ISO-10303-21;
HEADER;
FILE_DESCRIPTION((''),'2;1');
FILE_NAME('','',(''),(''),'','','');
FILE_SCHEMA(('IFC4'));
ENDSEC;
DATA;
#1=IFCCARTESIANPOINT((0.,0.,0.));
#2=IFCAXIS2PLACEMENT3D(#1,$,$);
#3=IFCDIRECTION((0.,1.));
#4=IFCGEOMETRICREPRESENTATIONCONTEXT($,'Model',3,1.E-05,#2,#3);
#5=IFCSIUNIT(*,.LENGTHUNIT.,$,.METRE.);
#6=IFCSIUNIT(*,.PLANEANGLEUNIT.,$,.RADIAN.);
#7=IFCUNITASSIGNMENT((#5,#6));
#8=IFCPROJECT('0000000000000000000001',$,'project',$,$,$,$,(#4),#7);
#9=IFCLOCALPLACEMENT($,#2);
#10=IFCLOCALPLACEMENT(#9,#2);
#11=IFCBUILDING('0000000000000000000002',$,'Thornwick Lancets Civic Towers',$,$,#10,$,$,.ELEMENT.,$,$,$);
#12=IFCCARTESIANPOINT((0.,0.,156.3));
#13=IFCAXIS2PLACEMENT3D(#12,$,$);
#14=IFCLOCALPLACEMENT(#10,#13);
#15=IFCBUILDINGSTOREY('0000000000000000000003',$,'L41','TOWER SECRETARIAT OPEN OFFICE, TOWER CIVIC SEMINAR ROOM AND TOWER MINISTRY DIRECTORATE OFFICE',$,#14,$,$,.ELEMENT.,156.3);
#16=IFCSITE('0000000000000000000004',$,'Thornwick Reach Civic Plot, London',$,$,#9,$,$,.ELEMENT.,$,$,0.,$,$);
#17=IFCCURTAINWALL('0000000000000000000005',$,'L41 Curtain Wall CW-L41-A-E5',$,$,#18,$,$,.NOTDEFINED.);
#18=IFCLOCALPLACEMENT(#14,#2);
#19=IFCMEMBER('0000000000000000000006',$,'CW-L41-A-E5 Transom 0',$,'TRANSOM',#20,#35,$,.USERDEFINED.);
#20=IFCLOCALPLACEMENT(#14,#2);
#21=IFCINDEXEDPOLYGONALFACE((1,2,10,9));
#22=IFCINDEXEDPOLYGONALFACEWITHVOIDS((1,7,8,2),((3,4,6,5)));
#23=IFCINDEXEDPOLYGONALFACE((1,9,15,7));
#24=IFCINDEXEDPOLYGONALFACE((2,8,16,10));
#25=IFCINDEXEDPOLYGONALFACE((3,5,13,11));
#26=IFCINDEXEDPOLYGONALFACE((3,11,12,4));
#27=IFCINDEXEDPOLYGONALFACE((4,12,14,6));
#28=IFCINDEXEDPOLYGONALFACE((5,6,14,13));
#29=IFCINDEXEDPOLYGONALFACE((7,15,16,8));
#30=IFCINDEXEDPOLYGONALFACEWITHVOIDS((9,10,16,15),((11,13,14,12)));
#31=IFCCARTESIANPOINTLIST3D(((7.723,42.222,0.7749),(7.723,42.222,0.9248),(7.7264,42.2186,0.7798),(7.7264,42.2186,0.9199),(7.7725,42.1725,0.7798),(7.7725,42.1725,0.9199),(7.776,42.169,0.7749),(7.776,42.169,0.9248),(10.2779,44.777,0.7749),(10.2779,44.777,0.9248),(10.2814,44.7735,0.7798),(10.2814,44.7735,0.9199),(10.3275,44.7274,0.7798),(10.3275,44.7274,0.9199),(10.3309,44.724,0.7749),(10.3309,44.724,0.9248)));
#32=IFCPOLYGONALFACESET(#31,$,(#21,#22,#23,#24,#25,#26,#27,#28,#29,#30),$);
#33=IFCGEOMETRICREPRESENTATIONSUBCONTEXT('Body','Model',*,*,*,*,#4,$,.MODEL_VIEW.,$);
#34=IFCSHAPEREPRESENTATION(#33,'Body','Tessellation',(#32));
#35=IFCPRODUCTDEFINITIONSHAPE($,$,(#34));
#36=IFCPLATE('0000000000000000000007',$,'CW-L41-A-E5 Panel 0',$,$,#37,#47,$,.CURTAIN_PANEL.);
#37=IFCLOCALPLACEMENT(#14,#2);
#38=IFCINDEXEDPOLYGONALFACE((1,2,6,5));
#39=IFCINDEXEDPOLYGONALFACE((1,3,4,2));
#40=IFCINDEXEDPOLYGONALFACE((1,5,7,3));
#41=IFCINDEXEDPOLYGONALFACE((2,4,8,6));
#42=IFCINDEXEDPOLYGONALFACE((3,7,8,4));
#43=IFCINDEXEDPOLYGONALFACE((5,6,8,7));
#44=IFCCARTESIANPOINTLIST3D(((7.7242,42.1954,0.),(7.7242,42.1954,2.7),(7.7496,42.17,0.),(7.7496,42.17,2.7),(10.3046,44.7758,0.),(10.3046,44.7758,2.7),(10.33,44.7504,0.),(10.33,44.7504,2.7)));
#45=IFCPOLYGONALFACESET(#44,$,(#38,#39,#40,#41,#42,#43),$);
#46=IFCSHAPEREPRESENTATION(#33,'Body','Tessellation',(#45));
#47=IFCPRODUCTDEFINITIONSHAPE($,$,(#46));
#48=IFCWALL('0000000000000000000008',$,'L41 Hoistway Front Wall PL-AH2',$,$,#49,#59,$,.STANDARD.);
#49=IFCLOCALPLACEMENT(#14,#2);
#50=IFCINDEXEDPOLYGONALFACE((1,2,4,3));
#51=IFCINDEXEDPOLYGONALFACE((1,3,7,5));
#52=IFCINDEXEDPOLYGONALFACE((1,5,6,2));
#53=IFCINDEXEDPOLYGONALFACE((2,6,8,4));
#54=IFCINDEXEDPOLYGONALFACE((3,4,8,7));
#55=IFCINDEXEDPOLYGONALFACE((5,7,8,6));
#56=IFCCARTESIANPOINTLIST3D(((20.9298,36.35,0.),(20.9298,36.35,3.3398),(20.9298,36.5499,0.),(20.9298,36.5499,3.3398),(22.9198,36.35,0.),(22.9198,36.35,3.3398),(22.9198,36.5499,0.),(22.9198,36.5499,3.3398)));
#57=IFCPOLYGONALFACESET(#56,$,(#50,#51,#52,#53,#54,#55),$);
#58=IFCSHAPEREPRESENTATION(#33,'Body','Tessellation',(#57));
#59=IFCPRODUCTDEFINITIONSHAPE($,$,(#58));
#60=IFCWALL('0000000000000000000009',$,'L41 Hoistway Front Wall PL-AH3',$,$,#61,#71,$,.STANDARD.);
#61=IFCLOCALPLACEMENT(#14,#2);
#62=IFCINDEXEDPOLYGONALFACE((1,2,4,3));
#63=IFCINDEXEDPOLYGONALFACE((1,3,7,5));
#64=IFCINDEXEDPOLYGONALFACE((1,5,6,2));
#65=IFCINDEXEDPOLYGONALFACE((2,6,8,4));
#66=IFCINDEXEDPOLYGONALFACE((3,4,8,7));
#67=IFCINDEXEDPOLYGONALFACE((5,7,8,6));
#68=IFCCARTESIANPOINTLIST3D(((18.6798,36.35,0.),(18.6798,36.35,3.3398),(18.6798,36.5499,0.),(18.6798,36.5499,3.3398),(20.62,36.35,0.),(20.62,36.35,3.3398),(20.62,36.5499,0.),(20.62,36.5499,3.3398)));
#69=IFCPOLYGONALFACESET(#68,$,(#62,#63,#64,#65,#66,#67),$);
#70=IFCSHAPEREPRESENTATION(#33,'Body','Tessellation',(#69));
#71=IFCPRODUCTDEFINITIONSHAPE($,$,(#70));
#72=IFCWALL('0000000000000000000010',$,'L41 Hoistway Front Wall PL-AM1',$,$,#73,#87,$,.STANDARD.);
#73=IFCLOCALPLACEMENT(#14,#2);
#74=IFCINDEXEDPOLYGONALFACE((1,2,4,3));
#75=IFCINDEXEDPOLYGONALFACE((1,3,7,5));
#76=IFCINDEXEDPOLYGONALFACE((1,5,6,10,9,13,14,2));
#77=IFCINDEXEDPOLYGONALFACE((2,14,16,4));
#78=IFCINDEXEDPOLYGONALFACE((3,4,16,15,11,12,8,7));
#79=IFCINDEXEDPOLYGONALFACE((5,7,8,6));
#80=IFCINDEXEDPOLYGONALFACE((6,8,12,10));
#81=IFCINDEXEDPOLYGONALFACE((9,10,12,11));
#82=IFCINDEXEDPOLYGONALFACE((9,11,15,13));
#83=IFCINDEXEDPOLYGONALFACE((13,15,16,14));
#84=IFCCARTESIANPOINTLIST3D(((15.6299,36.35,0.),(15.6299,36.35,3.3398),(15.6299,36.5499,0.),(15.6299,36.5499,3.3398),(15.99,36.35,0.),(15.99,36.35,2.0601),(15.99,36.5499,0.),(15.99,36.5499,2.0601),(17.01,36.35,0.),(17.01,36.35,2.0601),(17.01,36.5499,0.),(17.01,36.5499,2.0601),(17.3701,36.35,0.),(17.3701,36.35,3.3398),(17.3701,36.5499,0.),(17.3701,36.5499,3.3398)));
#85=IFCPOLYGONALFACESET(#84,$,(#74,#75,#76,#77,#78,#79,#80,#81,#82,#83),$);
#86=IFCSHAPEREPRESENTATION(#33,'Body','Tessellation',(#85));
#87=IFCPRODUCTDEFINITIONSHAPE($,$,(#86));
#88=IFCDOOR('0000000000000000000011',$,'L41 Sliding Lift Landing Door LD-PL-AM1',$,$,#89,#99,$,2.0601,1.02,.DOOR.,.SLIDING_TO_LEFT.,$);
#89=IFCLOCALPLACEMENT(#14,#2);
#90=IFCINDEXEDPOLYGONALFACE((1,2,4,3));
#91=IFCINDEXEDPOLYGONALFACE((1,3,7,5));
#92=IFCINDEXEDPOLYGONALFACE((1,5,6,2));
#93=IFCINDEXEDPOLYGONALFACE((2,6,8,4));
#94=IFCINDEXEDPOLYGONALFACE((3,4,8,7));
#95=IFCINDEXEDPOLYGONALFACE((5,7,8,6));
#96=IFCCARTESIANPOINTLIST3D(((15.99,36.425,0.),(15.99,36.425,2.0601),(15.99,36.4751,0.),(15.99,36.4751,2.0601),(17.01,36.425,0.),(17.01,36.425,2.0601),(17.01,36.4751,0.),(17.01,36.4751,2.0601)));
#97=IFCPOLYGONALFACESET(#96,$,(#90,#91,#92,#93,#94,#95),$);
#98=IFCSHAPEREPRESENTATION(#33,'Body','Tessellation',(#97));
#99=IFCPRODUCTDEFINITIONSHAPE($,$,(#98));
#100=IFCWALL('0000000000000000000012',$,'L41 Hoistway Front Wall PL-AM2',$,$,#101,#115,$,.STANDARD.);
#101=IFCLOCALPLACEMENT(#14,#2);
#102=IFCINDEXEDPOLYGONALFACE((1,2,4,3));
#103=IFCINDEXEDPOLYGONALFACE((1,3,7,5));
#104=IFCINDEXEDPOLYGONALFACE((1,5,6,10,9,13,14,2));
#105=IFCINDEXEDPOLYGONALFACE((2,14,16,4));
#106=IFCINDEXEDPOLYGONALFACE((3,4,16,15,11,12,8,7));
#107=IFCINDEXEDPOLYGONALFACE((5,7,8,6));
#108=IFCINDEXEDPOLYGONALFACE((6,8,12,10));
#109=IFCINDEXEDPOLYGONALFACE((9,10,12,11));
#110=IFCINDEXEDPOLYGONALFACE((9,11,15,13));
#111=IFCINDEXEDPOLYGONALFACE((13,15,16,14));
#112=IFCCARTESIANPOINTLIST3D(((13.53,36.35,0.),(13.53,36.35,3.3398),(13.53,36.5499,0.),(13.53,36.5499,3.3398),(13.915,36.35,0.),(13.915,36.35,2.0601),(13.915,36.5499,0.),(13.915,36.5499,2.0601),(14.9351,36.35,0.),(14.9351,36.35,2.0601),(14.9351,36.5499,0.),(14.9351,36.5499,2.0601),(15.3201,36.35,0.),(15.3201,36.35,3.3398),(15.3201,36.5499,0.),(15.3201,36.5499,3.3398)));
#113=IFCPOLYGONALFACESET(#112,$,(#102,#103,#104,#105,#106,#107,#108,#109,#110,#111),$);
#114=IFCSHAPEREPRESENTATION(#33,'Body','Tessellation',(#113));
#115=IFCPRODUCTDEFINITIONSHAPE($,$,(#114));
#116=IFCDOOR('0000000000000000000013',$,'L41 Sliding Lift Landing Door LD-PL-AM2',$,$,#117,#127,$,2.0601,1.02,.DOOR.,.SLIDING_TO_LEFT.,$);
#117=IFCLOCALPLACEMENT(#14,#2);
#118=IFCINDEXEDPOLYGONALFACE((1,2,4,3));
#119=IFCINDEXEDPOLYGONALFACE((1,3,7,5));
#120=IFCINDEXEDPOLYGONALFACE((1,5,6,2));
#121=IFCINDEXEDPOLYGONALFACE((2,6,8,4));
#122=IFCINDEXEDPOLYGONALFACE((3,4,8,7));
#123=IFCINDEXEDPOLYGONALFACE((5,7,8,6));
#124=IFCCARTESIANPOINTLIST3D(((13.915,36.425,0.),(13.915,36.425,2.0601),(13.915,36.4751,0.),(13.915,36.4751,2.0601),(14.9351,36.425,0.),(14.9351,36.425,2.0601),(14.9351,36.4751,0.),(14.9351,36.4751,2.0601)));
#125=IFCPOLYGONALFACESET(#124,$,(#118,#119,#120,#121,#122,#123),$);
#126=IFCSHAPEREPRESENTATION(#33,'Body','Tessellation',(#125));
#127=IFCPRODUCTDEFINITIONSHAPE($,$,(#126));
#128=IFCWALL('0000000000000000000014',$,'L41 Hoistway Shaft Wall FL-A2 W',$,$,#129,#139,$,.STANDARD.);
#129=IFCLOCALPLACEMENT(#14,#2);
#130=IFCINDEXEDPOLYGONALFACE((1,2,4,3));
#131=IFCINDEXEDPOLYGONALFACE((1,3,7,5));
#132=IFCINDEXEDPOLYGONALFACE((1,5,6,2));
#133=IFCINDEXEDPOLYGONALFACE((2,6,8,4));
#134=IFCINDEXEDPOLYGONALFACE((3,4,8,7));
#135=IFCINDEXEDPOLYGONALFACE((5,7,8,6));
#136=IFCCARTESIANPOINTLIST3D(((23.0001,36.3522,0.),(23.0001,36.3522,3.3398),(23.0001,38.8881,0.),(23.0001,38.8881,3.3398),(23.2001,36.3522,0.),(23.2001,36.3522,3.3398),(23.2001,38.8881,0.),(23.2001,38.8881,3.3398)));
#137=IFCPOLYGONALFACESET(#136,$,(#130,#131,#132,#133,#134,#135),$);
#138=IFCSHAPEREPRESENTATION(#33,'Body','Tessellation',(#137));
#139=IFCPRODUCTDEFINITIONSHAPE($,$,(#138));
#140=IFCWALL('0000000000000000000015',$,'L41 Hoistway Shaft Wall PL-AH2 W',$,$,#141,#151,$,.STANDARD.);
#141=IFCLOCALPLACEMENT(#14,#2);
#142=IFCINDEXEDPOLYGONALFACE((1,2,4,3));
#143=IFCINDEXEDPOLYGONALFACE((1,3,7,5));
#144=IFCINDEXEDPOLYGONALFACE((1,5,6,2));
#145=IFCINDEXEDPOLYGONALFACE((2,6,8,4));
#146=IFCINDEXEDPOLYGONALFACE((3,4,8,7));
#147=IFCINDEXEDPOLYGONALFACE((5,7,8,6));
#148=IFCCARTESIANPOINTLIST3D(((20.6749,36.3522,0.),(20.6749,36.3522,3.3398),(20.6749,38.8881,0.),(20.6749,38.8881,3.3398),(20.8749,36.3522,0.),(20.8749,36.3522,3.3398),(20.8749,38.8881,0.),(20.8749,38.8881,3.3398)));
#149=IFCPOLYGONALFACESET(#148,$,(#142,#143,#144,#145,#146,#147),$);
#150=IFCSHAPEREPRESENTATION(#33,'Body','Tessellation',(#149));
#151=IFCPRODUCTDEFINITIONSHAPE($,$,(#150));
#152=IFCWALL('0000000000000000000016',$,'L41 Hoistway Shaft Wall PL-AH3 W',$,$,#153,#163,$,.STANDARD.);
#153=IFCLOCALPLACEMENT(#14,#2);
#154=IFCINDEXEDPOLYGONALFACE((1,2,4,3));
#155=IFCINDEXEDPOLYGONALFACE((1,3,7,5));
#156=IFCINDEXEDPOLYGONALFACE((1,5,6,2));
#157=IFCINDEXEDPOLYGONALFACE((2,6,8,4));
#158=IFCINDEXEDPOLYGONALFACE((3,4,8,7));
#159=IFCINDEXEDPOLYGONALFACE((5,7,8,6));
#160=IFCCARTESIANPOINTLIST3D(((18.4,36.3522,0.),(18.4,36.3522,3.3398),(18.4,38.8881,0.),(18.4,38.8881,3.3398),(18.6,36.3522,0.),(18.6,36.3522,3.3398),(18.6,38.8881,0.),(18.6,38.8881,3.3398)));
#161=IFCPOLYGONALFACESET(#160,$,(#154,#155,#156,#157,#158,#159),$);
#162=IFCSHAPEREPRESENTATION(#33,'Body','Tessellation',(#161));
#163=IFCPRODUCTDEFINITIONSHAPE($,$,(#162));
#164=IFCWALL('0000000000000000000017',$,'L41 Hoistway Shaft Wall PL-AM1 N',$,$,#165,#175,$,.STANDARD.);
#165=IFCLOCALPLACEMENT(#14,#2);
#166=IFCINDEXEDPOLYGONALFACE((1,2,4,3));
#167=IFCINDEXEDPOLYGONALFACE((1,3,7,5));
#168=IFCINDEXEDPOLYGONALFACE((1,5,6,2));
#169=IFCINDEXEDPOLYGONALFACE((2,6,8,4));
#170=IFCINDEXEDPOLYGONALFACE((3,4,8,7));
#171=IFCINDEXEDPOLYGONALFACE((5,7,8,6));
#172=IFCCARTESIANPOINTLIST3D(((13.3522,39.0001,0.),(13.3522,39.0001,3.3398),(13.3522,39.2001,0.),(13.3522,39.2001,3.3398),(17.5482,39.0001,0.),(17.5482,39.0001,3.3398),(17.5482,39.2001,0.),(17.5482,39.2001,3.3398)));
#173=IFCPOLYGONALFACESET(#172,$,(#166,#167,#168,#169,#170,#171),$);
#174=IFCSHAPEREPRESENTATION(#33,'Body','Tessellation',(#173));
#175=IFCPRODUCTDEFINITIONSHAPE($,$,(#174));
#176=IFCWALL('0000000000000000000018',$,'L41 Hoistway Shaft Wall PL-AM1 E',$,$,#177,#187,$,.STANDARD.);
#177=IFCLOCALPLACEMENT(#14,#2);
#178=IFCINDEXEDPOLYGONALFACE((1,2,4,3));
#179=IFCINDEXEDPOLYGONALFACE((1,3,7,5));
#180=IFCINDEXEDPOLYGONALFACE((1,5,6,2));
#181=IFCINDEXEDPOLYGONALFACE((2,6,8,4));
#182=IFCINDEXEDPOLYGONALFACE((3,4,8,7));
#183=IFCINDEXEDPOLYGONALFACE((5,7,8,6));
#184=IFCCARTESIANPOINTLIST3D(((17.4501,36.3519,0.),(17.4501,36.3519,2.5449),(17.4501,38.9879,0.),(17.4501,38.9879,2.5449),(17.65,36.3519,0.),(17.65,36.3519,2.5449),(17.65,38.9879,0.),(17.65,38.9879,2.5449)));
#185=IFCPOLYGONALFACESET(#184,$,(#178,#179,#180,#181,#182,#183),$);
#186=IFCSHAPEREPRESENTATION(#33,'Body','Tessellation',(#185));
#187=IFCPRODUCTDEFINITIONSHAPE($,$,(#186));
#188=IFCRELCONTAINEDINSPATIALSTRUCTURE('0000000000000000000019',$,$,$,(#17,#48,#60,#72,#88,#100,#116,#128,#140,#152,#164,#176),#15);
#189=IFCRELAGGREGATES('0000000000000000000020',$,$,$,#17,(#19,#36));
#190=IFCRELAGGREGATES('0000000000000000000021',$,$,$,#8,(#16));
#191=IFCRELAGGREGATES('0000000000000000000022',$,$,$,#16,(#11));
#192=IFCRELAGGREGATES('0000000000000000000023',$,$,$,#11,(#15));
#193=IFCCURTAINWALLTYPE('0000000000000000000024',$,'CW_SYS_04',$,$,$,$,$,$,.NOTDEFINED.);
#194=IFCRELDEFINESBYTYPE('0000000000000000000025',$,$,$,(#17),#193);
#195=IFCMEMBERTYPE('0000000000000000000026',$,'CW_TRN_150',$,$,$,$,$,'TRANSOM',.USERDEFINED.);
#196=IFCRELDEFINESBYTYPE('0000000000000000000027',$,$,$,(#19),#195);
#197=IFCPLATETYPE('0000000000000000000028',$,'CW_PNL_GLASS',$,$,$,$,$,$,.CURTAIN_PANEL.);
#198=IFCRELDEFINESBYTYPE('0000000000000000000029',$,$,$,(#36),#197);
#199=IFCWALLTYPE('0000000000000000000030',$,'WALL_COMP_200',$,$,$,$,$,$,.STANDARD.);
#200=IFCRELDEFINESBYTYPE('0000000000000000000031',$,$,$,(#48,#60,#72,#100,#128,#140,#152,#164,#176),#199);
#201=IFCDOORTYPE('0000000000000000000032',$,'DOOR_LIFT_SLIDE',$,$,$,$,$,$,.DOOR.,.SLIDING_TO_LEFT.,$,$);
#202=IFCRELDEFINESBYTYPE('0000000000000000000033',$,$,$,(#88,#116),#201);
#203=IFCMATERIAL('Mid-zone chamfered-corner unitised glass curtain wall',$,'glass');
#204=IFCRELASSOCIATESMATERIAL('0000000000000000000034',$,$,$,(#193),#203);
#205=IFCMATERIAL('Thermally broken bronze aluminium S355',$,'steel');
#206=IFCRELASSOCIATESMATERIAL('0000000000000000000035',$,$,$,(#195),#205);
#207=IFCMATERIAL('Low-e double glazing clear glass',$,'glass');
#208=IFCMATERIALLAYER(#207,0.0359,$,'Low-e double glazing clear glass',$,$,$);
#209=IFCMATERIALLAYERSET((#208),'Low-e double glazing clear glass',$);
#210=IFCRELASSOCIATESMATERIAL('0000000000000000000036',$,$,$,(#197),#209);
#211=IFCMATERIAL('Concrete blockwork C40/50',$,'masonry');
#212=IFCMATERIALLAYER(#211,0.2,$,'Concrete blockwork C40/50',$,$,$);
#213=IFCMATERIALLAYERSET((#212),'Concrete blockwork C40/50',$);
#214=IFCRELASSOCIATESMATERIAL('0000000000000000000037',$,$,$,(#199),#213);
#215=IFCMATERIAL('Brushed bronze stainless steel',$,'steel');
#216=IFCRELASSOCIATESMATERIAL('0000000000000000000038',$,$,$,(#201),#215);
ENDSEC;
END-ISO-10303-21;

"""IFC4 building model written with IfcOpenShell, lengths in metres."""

from ifc_helpers import new_model, si_unit, direction, frame, frame_2d, origin, origin_2d, place, context, subcontext, project, spatial, rectangle, hollow_rectangle, extrude, material, layer, layer_set, material_profile, profile_set, type_object, element, fill, aggregate, save


model = new_model("IFC4")

# Units and contexts
model_context = context("Model", 3, precision=1e-05, world=origin(), true_north=direction((0.0, 1.0)))
body_context = subcontext(model_context, "Body", "Model", "MODEL_VIEW")
ifc_project = project(units=[si_unit("LENGTHUNIT", "METRE"), si_unit("PLANEANGLEUNIT", "RADIAN")], contexts=[model_context])

# Site, building, storey
site_placement = place(None, origin())
site = spatial("IfcSite", under=ifc_project, at=site_placement, Name="Thornwick Reach Civic Plot, London", CompositionType="ELEMENT", RefElevation=0.0)
building_placement = place(site_placement, origin())
building = spatial("IfcBuilding", under=site, at=building_placement, Name="Thornwick Lancets Civic Towers", CompositionType="ELEMENT")
storey_placement = place(building_placement, frame((0.0, 0.0, 156.3)))
storey = spatial("IfcBuildingStorey", under=building, at=storey_placement, Name="L41", Description="TOWER SECRETARIAT OPEN OFFICE, TOWER CIVIC SEMINAR ROOM AND TOWER MINISTRY DIRECTORATE OFFICE", CompositionType="ELEMENT", Elevation=156.3)

# Curtain wall, member, plate
ifc_material_1 = material(Name="Mid-zone chamfered-corner unitised glass curtain wall", Category="glass")
curtain_wall_type = type_object("IfcCurtainWallType", Name="CW_SYS_04", PredefinedType="NOTDEFINED", material=ifc_material_1)
curtain_wall_placement = place(storey_placement, origin())
curtain_wall = element("IfcCurtainWall", 1, at=curtain_wall_placement, inside=storey, type_object=curtain_wall_type, Name="L41 Curtain Wall CW-L41-A-E5", PredefinedType="NOTDEFINED")
ifc_material_2 = material(Name="Thermally broken bronze aluminium S355", Category="steel")
ifc_material_profile_1 = material_profile(ifc_material_2, hollow_rectangle(XDim=0.075, YDim=0.1499, WallThickness=0.0049, at=origin_2d()), Name="RHS 150x75x5")
ifc_profile_set_1 = profile_set([ifc_material_profile_1], Name="Thermally broken bronze aluminium S355")
member_type_1 = type_object("IfcMemberType", Name="CW_TRN_150", ElementType="TRANSOM", PredefinedType="USERDEFINED", material=ifc_profile_set_1)
member_1_placement = place(storey_placement, frame((10.3044, 44.7505, 0.8499), z_axis=(-0.707107, -0.707107, 0.0), x_axis=(0.707107, -0.707107, 0.0)))
member_1 = element("IfcMember", 2, at=member_1_placement, type_object=member_type_1, Name="CW-L41-A-E5 Transom 0", ObjectType="TRANSOM", PredefinedType="USERDEFINED", context=body_context, shape_type="SweptSolid", body=[
    extrude(hollow_rectangle(XDim=0.075, YDim=0.1499, WallThickness=0.0049, at=origin_2d()), origin(), (0.0, 0.0, 1.0), 3.6133),
])
ifc_material_3 = material(Name="Low-e double glazing clear glass", Category="glass")
ifc_layer_1 = layer(ifc_material_3, 0.0359, Name="Low-e double glazing clear glass")
ifc_layer_set_1 = layer_set([ifc_layer_1], Name="Low-e double glazing clear glass")
plate_type = type_object("IfcPlateType", Name="CW_PNL_GLASS", PredefinedType="CURTAIN_PANEL", material=ifc_layer_set_1)
plate_placement = place(storey_placement, frame((9.0271, 43.4729, 0.0), z_axis=(0.0, 0.0, 1.0), x_axis=(-0.707107, -0.707107, 0.0)))
plate = element("IfcPlate", 3, at=plate_placement, type_object=plate_type, Name="CW-L41-A-E5 Panel 0", PredefinedType="CURTAIN_PANEL", context=body_context, shape_type="SweptSolid", body=[
    extrude(rectangle(XDim=3.6492, YDim=0.0359, at=origin_2d()), origin(), (0.0, 0.0, 1.0), 2.7),
])
aggregate(curtain_wall, [member_1, plate])

# Walls
ifc_material_4 = material(Name="Concrete blockwork C40/50", Category="masonry")
ifc_layer_2 = layer(ifc_material_4, 0.2, Name="Concrete blockwork C40/50")
ifc_layer_set_2 = layer_set([ifc_layer_2], Name="Concrete blockwork C40/50")
wall_type_1 = type_object("IfcWallType", Name="WALL_COMP_200", PredefinedType="STANDARD", material=ifc_layer_set_2)
wall_1_placement = place(storey_placement, frame((22.9199, 36.45, 0.0), z_axis=(0.0, 0.0, 1.0), x_axis=(-1.0, 0.0, 0.0)))
element("IfcWall", 4, at=wall_1_placement, inside=storey, type_object=wall_type_1, Name="L41 Hoistway Front Wall PL-AH2", PredefinedType="STANDARD", context=body_context, shape_type="SweptSolid", body=[
    extrude(rectangle(XDim=1.99, YDim=0.2, at=frame_2d((0.9951, 0.0))), origin(), (0.0, 0.0, 1.0), 3.3398),
])
wall_2_placement = place(storey_placement, frame((20.6201, 36.45, 0.0), z_axis=(0.0, 0.0, 1.0), x_axis=(-1.0, 0.0, 0.0)))
element("IfcWall", 5, at=wall_2_placement, inside=storey, type_object=wall_type_1, Name="L41 Hoistway Front Wall PL-AH3", PredefinedType="STANDARD", context=body_context, shape_type="SweptSolid", body=[
    extrude(rectangle(XDim=1.9402, YDim=0.2, at=frame_2d((0.9702, 0.0))), origin(), (0.0, 0.0, 1.0), 3.3398),
])

# Walls, openings, doors
wall_3_placement = place(storey_placement, frame((17.3701, 36.45, 0.0), z_axis=(0.0, 0.0, 1.0), x_axis=(-1.0, 0.0, 0.0)))
wall_3 = element("IfcWall", 6, at=wall_3_placement, inside=storey, type_object=wall_type_1, Name="L41 Hoistway Front Wall PL-AM1", PredefinedType="STANDARD", context=body_context, shape_type="SweptSolid", body=[
    extrude(rectangle(XDim=1.7402, YDim=0.2, at=frame_2d((0.8701, 0.0))), origin(), (0.0, 0.0, 1.0), 3.3398),
])
opening_1_placement = place(wall_3_placement, frame((0.3601, 0.0, 0.0)))
opening_1 = element("IfcOpeningElement", 7, at=opening_1_placement, cuts=wall_3, PredefinedType="OPENING", context=body_context, shape_type="SweptSolid", body=[
    extrude(rectangle(XDim=1.02, YDim=2.0601, at=frame_2d((0.51, 1.03))), frame((0.0, 0.1099, 0.0), z_axis=(0.0, -1.0, 0.0), x_axis=(1.0, 0.0, 0.0)), (0.0, 0.0, 1.0), 0.22),
])
ifc_material_5 = material(Name="Brushed bronze stainless steel", Category="steel")
door_type = type_object("IfcDoorType", Name="DOOR_LIFT_SLIDE", OperationType="SLIDING_TO_LEFT", PredefinedType="DOOR", material=ifc_material_5)
door_1_placement = place(opening_1_placement, origin())
door_1 = element("IfcDoor", 8, at=door_1_placement, inside=storey, type_object=door_type, Name="L41 Sliding Lift Landing Door LD-PL-AM1", OperationType="SLIDING_TO_LEFT", OverallHeight=2.0601, OverallWidth=1.02, PredefinedType="DOOR", context=body_context, shape_type="SweptSolid", body=[
    extrude(rectangle(XDim=1.02, YDim=2.0601, at=frame_2d((0.51, 1.03))), frame((0.0, 0.0249, 0.0), z_axis=(0.0, -1.0, 0.0), x_axis=(1.0, 0.0, 0.0)), (0.0, 0.0, 1.0), 0.05),
])
fill(opening_1, door_1)
wall_4_placement = place(storey_placement, frame((15.3201, 36.45, 0.0), z_axis=(0.0, 0.0, 1.0), x_axis=(-1.0, 0.0, 0.0)))
wall_4 = element("IfcWall", 9, at=wall_4_placement, inside=storey, type_object=wall_type_1, Name="L41 Hoistway Front Wall PL-AM2", PredefinedType="STANDARD", context=body_context, shape_type="SweptSolid", body=[
    extrude(rectangle(XDim=1.79, YDim=0.2, at=frame_2d((0.895, 0.0))), origin(), (0.0, 0.0, 1.0), 3.3398),
])
opening_2_placement = place(wall_4_placement, frame((0.385, 0.0, 0.0)))
opening_2 = element("IfcOpeningElement", 10, at=opening_2_placement, cuts=wall_4, PredefinedType="OPENING", context=body_context, shape_type="SweptSolid", body=[
    extrude(rectangle(XDim=1.02, YDim=2.0601, at=frame_2d((0.51, 1.03))), frame((0.0, 0.1099, 0.0), z_axis=(0.0, -1.0, 0.0), x_axis=(1.0, 0.0, 0.0)), (0.0, 0.0, 1.0), 0.22),
])
door_2_placement = place(opening_2_placement, origin())
door_2 = element("IfcDoor", 11, at=door_2_placement, inside=storey, type_object=door_type, Name="L41 Sliding Lift Landing Door LD-PL-AM2", OperationType="SLIDING_TO_LEFT", OverallHeight=2.0601, OverallWidth=1.02, PredefinedType="DOOR", context=body_context, shape_type="SweptSolid", body=[
    extrude(rectangle(XDim=1.02, YDim=2.0601, at=frame_2d((0.51, 1.03))), frame((0.0, 0.0249, 0.0), z_axis=(0.0, -1.0, 0.0), x_axis=(1.0, 0.0, 0.0)), (0.0, 0.0, 1.0), 0.05),
])
fill(opening_2, door_2)

# Walls
for number, where, z_axis, x_axis, name in (
    (12, (23.1001, 36.3521, 0.0), (0.0, 0.0, 1.0), (0.0, 1.0, 0.0), "L41 Hoistway Shaft Wall FL-A2 W"),
    (13, (20.7749, 36.3521, 0.0), (0.0, 0.0, 1.0), (0.0, 1.0, 0.0), "L41 Hoistway Shaft Wall PL-AH2 W"),
    (14, (18.5, 36.3521, 0.0), (0.0, 0.0, 1.0), (0.0, 1.0, 0.0), "L41 Hoistway Shaft Wall PL-AH3 W"),
):
    element("IfcWall", number, at=place(storey_placement, frame(where, z_axis=z_axis, x_axis=x_axis)), inside=storey, type_object=wall_type_1, Name=name, PredefinedType="STANDARD", context=body_context, shape_type="SweptSolid", body=[
        extrude(rectangle(XDim=2.5359, YDim=0.2, at=frame_2d((1.2681, 0.0))), origin(), (0.0, 0.0, 1.0), 3.3398),
    ])
wall_5_placement = place(storey_placement, frame((13.3521, 39.1001, 0.0), z_axis=(0.0, 0.0, 1.0), x_axis=(1.0, 0.0, 0.0)))
element("IfcWall", 15, at=wall_5_placement, inside=storey, type_object=wall_type_1, Name="L41 Hoistway Shaft Wall PL-AM1 N", PredefinedType="STANDARD", context=body_context, shape_type="SweptSolid", body=[
    extrude(rectangle(XDim=4.196, YDim=0.2, at=frame_2d((2.0981, 0.0))), origin(), (0.0, 0.0, 1.0), 3.3398),
])
wall_6_placement = place(storey_placement, frame((17.55, 36.3521, 0.0), z_axis=(0.0, 0.0, 1.0), x_axis=(0.0, 1.0, 0.0)))
element("IfcWall", 16, at=wall_6_placement, inside=storey, type_object=wall_type_1, Name="L41 Hoistway Shaft Wall PL-AM1 E", PredefinedType="STANDARD", context=body_context, shape_type="SweptSolid", body=[
    extrude(rectangle(XDim=2.636, YDim=0.2, at=frame_2d((1.3179, 0.0))), origin(), (0.0, 0.0, 1.0), 2.5449),
])

save(model, "model.ifc")
